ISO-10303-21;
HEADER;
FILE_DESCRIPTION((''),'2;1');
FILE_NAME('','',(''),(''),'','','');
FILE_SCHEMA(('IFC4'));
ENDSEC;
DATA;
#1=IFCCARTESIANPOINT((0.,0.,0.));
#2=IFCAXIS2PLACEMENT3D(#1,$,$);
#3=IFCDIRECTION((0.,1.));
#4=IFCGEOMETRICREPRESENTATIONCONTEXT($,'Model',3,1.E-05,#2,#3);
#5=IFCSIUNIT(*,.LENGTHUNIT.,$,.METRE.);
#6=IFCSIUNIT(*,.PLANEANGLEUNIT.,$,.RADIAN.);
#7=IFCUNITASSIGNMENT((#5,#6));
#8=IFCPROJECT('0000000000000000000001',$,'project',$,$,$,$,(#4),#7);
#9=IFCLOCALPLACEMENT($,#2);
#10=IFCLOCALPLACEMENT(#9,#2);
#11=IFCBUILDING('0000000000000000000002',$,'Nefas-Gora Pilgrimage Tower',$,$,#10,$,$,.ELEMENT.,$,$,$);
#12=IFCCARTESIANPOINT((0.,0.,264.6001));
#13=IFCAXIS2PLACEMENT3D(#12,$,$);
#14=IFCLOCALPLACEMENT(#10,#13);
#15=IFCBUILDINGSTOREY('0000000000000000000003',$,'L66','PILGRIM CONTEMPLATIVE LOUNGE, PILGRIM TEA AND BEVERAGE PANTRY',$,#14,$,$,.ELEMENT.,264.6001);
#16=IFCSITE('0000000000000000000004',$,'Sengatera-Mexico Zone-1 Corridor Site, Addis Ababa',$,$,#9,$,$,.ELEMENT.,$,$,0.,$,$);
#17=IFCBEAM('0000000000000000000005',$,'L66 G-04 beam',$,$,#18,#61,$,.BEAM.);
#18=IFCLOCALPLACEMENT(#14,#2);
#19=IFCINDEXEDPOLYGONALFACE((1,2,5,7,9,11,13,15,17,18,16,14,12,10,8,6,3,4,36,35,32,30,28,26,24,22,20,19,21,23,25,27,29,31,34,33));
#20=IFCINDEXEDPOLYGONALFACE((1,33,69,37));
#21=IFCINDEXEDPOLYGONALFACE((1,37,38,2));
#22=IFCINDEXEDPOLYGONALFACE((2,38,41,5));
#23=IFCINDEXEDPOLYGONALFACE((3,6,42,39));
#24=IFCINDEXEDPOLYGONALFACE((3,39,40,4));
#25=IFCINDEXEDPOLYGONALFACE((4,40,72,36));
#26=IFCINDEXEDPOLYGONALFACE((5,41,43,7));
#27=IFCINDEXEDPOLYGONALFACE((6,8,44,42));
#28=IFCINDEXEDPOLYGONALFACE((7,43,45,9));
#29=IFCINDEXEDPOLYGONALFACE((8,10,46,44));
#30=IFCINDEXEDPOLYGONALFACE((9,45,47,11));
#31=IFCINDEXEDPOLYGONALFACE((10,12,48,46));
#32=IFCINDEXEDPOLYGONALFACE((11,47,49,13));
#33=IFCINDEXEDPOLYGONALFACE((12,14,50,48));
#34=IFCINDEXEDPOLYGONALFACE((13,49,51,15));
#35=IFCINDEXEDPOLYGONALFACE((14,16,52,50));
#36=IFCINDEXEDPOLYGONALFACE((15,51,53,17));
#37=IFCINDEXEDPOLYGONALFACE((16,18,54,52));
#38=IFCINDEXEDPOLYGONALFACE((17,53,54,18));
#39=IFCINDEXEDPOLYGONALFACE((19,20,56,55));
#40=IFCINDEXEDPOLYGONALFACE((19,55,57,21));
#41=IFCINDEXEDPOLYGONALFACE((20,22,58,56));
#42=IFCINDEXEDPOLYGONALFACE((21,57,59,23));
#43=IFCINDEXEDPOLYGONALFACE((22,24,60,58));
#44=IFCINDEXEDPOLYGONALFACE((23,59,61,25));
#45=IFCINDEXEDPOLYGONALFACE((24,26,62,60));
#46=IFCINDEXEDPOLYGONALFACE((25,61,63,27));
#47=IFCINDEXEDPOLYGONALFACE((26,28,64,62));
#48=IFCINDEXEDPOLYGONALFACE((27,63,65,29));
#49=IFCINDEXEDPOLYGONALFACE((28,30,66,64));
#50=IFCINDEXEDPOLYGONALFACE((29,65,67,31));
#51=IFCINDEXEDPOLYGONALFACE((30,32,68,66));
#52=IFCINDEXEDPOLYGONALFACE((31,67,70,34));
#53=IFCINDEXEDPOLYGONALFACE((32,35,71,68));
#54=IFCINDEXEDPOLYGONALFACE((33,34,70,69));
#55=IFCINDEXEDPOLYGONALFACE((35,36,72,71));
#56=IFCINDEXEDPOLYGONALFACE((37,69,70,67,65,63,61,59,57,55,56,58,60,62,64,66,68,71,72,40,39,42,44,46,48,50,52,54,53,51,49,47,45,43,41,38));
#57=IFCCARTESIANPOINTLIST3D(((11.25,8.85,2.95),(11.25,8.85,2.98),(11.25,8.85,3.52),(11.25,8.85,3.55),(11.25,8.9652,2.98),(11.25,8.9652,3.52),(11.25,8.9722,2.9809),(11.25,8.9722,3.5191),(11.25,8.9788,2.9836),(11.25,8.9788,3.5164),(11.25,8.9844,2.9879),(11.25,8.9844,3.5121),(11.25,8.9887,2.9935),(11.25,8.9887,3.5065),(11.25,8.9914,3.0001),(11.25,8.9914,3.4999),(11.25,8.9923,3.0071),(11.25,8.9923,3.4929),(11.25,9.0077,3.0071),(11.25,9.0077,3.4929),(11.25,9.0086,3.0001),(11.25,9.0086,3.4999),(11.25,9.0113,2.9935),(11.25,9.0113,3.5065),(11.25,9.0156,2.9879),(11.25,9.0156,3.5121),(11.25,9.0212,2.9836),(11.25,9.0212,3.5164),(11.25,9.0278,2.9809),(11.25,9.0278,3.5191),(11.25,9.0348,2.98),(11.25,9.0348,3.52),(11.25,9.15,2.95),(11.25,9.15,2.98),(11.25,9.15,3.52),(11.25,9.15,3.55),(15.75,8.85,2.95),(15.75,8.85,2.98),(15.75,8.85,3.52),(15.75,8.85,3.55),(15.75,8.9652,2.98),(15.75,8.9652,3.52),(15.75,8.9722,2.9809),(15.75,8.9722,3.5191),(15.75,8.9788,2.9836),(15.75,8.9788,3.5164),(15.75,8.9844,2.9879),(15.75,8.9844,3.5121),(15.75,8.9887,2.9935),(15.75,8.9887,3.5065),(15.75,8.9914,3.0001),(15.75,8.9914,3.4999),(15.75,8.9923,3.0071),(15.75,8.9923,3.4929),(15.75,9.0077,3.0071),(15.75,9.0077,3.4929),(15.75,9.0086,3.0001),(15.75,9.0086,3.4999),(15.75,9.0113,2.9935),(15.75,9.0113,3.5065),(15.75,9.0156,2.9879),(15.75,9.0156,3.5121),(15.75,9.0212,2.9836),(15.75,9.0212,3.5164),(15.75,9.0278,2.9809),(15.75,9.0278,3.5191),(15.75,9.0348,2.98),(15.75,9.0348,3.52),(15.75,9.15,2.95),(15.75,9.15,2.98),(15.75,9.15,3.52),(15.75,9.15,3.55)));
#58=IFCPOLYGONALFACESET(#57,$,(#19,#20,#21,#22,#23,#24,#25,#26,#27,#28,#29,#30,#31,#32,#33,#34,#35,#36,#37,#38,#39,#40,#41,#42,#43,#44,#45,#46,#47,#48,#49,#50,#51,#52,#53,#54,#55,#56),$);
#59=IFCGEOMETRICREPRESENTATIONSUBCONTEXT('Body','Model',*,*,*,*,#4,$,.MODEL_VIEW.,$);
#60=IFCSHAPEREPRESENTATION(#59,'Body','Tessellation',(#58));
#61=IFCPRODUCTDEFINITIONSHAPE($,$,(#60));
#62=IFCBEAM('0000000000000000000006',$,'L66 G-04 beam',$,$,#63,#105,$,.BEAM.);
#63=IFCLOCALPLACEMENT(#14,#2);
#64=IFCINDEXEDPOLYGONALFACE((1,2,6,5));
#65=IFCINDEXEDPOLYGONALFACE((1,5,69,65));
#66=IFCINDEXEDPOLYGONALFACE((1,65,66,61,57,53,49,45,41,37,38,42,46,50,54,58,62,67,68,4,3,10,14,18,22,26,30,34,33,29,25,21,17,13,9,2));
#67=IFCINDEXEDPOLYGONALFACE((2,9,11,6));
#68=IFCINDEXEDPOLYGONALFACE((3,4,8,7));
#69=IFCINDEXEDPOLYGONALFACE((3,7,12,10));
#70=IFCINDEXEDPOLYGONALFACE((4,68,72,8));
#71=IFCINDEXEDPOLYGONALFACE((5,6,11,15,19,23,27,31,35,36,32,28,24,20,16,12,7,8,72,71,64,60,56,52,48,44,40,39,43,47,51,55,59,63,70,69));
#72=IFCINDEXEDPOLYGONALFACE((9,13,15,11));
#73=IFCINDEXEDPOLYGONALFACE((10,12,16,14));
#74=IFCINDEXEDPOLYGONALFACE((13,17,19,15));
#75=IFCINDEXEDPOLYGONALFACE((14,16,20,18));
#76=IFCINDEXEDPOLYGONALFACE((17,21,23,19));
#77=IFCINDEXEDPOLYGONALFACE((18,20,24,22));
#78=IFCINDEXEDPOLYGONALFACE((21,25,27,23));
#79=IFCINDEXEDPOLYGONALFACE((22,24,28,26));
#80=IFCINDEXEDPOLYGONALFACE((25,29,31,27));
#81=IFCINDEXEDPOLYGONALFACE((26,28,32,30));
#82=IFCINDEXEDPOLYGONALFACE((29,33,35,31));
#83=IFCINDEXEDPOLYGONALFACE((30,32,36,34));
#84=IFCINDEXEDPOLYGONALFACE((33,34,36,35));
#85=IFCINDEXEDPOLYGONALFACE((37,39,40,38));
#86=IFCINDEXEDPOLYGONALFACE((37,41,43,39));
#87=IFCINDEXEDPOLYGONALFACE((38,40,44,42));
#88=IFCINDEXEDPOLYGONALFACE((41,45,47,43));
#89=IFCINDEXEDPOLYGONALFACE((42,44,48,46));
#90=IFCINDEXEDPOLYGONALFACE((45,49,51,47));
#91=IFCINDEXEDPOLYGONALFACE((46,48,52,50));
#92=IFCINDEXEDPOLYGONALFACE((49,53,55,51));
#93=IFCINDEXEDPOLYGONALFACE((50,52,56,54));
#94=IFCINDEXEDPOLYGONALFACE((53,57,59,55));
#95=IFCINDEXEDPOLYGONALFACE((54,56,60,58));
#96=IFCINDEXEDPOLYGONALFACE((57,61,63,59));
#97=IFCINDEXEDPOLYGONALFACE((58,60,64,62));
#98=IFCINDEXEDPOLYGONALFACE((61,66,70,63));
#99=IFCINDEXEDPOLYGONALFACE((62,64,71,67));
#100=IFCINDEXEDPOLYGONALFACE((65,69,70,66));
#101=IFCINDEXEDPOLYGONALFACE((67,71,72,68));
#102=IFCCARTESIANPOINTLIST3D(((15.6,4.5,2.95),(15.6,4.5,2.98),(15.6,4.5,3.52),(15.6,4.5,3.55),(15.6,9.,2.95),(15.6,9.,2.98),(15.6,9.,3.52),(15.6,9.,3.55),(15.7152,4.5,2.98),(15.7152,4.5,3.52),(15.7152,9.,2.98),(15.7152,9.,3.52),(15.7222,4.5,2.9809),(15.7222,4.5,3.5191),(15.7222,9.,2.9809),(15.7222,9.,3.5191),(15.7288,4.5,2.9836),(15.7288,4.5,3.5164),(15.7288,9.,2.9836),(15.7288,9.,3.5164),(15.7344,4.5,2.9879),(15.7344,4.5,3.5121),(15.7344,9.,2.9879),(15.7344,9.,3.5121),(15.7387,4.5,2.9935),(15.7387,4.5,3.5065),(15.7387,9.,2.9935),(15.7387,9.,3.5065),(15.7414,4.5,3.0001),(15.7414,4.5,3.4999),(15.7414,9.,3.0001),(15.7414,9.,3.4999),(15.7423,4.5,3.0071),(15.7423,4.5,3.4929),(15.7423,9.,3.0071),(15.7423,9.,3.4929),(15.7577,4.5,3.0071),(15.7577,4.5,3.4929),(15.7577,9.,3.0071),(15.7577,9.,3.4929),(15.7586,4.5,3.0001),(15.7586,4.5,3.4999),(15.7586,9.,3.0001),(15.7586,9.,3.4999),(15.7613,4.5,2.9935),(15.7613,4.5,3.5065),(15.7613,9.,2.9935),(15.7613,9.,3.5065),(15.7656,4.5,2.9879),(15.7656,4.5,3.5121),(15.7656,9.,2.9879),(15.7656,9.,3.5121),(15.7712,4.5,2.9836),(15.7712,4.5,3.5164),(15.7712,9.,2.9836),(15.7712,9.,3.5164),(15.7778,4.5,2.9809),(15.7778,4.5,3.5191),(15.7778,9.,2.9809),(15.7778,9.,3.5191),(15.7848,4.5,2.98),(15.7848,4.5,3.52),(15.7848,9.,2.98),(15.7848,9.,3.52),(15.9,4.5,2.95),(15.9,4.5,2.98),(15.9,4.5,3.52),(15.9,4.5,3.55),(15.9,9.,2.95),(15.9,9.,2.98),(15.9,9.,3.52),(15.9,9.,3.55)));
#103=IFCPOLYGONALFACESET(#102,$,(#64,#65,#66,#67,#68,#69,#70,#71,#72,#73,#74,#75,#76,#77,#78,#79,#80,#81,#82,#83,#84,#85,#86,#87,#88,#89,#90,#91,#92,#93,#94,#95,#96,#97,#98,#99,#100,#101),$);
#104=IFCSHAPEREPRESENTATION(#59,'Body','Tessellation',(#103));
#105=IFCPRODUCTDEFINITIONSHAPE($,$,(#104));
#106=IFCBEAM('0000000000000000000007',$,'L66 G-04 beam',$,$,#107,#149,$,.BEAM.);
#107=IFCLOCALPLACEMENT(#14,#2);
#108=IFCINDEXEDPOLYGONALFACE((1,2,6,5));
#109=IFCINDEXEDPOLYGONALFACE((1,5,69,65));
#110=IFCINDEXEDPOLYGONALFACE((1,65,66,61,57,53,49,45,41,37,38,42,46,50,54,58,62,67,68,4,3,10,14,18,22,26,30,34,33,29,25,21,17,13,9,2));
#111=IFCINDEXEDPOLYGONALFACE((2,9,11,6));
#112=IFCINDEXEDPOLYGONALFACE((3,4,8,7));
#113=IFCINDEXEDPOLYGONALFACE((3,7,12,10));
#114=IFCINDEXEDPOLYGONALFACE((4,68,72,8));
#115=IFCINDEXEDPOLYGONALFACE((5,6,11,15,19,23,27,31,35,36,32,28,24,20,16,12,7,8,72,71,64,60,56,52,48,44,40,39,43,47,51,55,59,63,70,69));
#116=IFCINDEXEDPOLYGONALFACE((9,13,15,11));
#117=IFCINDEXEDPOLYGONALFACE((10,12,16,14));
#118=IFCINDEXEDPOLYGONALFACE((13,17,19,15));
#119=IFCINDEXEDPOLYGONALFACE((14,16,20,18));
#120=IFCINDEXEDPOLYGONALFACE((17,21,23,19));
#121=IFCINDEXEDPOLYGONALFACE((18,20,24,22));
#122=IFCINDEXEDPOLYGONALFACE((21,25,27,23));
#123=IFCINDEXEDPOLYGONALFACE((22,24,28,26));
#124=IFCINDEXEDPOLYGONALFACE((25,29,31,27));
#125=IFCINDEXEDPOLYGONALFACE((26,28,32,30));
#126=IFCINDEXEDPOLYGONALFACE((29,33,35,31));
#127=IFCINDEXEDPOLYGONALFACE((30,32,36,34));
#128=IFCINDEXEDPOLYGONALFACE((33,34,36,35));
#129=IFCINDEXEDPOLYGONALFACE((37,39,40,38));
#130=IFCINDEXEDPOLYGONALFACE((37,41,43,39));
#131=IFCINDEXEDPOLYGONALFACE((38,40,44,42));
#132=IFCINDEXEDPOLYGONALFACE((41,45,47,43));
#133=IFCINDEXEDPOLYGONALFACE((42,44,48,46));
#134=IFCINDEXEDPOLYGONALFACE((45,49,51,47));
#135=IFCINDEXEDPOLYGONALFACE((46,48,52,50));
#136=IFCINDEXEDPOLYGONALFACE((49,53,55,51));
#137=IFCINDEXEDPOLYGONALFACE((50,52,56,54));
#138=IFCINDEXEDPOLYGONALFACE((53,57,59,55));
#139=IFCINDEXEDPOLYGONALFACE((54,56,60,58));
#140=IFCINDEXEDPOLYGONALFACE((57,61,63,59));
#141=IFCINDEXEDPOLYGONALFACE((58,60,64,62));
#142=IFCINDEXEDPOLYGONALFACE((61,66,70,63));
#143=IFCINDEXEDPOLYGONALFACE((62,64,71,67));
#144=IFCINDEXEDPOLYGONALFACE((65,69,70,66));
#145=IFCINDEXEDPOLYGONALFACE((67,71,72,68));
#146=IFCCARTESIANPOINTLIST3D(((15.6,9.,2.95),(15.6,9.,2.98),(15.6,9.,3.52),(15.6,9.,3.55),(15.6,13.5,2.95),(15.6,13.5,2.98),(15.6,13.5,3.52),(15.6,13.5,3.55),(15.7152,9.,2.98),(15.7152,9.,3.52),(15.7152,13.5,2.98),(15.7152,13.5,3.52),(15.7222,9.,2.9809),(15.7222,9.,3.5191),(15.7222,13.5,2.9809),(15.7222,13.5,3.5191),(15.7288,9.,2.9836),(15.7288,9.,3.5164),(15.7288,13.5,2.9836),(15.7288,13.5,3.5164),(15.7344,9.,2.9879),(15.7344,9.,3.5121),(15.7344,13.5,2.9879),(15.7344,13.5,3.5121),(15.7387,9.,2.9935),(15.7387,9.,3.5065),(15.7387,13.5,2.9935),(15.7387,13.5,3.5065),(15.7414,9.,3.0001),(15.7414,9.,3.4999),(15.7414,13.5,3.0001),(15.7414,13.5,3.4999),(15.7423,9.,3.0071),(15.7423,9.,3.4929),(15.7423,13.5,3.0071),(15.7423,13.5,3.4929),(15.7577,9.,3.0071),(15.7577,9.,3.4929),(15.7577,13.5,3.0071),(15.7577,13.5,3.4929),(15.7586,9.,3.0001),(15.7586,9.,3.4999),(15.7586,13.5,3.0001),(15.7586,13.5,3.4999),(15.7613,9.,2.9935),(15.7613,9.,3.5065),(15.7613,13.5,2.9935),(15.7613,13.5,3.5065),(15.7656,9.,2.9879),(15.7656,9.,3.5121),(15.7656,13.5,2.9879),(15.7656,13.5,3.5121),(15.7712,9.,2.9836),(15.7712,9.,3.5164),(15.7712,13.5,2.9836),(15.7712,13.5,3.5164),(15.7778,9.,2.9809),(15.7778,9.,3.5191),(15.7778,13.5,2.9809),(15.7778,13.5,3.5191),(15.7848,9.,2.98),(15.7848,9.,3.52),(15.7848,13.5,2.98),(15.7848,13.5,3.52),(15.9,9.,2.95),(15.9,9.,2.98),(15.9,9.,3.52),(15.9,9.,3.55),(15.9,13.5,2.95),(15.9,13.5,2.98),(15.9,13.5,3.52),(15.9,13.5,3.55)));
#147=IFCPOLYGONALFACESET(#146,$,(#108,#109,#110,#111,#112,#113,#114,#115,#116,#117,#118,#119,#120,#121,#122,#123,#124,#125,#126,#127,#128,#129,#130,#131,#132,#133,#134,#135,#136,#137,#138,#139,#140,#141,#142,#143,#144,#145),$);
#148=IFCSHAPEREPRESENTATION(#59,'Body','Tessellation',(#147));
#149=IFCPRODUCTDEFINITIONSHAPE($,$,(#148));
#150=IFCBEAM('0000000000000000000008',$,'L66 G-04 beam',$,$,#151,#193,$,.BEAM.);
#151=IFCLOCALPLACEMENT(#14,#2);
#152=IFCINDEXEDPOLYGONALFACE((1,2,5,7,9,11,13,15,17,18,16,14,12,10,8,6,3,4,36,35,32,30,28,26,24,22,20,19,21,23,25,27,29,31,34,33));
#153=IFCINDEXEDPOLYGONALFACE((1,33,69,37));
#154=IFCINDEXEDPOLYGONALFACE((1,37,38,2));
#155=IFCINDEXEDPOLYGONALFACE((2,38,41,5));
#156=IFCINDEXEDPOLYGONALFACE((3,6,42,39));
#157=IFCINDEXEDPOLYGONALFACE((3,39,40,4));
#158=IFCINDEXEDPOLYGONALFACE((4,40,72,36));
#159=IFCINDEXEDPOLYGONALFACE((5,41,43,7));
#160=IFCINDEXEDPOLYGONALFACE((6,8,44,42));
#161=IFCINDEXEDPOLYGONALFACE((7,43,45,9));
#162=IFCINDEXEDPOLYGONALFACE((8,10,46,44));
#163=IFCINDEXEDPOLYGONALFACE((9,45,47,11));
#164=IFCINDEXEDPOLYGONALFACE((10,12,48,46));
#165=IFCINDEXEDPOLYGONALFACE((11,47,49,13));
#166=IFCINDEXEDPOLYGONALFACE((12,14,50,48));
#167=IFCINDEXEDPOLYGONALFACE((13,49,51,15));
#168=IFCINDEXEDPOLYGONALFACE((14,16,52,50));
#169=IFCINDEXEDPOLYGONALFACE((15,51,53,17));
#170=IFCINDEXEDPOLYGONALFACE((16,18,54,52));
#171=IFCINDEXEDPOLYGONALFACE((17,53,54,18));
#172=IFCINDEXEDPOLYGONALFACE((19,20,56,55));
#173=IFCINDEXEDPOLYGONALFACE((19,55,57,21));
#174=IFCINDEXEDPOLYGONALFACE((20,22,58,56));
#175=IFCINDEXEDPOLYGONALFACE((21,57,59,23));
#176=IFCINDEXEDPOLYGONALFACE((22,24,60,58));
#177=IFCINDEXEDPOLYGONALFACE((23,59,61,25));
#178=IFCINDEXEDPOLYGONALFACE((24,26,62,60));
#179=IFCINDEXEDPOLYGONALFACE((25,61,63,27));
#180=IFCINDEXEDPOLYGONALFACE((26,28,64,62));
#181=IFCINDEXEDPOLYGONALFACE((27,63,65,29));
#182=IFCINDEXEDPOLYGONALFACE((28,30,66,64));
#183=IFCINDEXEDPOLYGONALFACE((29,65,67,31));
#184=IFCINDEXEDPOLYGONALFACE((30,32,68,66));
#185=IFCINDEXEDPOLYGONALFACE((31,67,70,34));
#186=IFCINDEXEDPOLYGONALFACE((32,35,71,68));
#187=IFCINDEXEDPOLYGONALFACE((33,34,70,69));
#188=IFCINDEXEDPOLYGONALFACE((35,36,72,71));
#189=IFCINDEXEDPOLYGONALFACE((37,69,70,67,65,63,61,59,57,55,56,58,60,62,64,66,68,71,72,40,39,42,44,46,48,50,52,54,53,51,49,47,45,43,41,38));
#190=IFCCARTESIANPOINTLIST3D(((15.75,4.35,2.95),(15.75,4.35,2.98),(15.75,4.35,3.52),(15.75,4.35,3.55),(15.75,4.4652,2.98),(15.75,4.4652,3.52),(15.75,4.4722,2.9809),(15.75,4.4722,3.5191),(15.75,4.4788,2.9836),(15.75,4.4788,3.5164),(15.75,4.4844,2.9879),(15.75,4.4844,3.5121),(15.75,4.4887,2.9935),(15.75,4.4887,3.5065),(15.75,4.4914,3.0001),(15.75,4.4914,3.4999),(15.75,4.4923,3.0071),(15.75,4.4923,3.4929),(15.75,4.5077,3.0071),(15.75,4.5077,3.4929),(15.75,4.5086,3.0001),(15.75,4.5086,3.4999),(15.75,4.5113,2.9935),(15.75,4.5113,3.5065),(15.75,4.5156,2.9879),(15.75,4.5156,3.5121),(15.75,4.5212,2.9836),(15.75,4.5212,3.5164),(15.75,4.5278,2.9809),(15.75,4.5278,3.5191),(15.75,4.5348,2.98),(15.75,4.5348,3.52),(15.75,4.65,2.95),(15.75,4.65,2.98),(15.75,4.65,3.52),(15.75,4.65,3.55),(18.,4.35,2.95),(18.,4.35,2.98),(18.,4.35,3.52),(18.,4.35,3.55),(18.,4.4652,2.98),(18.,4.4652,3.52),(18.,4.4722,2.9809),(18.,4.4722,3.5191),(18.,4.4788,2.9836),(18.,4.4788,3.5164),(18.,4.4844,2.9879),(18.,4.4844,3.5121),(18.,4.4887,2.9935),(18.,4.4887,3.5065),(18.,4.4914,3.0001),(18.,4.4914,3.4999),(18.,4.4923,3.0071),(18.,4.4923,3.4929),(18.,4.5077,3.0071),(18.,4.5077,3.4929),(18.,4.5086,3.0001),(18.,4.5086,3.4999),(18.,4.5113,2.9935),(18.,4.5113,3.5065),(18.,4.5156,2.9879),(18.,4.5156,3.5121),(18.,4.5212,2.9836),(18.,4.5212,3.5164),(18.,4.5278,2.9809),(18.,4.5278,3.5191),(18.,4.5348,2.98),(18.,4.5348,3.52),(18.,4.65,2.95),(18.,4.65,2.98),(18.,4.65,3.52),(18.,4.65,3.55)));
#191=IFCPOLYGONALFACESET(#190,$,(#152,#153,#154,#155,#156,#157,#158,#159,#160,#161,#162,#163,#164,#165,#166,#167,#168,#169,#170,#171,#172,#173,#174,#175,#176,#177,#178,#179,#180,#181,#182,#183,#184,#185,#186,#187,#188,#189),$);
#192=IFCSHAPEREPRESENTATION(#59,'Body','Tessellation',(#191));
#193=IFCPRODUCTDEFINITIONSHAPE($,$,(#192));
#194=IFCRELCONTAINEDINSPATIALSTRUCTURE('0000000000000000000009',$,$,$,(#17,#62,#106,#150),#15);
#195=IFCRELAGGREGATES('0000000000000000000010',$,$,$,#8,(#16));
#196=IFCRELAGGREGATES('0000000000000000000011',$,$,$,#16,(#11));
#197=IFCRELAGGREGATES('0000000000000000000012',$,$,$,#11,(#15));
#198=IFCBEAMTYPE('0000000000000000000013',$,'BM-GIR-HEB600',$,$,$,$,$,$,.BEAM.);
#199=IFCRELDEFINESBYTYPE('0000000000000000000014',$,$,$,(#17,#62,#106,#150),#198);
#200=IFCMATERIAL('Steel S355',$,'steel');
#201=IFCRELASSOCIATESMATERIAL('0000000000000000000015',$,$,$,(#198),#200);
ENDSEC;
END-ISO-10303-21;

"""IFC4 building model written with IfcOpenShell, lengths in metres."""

from ifc_helpers import new_model, si_unit, direction, frame, origin, origin_2d, place, context, subcontext, project, spatial, i_section, extrude, source, transform, mapped, material, material_profile, profile_set, type_object, element, save


model = new_model("IFC4")

# Units and contexts
model_context = context("Model", 3, precision=1e-05, world=origin(), true_north=direction((0.0, 1.0)))
body_context = subcontext(model_context, "Body", "Model", "MODEL_VIEW")
ifc_project = project(units=[si_unit("LENGTHUNIT", "METRE"), si_unit("PLANEANGLEUNIT", "RADIAN")], contexts=[model_context])

# Site, building, storey
site_placement = place(None, origin())
site = spatial("IfcSite", under=ifc_project, at=site_placement, Name="Sengatera-Mexico Zone-1 Corridor Site, Addis Ababa", CompositionType="ELEMENT", RefElevation=0.0)
building_placement = place(site_placement, origin())
building = spatial("IfcBuilding", under=site, at=building_placement, Name="Nefas-Gora Pilgrimage Tower", CompositionType="ELEMENT")
storey_placement = place(building_placement, frame((0.0, 0.0, 264.6001)))
storey = spatial("IfcBuildingStorey", under=building, at=storey_placement, Name="L66", Description="PILGRIM CONTEMPLATIVE LOUNGE, PILGRIM TEA AND BEVERAGE PANTRY", CompositionType="ELEMENT", Elevation=264.6001)

# Shared definitions
ifc_material_1 = material(Name="Steel S355", Category="steel")

# Beams
ifc_material_profile_1 = material_profile(ifc_material_1, i_section(OverallWidth=0.3, OverallDepth=0.6001, WebThickness=0.0154, FlangeThickness=0.03, FilletRadius=0.0271, at=origin_2d()), Name="HEB 600")
ifc_profile_set_1 = profile_set([ifc_material_profile_1], Name="Steel S355")
beam_type_1 = type_object("IfcBeamType", Name="BM-GIR-HEB600", PredefinedType="BEAM", material=ifc_profile_set_1)
shared_shape_1 = source(origin(), body_context, "Body", "SweptSolid", [
    extrude(i_section(OverallWidth=0.3, OverallDepth=0.6001, WebThickness=0.0154, FlangeThickness=0.03, FilletRadius=0.0271, at=origin_2d()), origin(), (0.0, 0.0, 1.0), 4.5),
])
for number, where, z_axis, x_axis, name in (
    (1, (11.25, 9.0, 3.25), (1.0, 0.0, 0.0), (0.0, 1.0, 0.0), "L66 G-04 beam"),
    (2, (15.75, 4.5, 3.25), (0.0, 1.0, 0.0), (-1.0, 0.0, 0.0), "L66 G-04 beam"),
    (3, (15.75, 9.0, 3.25), (0.0, 1.0, 0.0), (-1.0, 0.0, 0.0), "L66 G-04 beam"),
):
    element("IfcBeam", number, at=place(storey_placement, frame(where, z_axis=z_axis, x_axis=x_axis)), inside=storey, type_object=beam_type_1, Name=name, PredefinedType="BEAM", context=body_context, shape_type="MappedRepresentation", body=[
        mapped(shared_shape_1, transform((0.0, 0.0, 0.0), x_axis=(1.0, 0.0, 0.0), y_axis=(0.0, 1.0, 0.0), z_axis=(0.0, 0.0, 1.0), scale=1.0)),
    ])
shared_shape_2 = source(origin(), body_context, "Body", "SweptSolid", [
    extrude(i_section(OverallWidth=0.3, OverallDepth=0.6001, WebThickness=0.0154, FlangeThickness=0.03, FilletRadius=0.0271, at=origin_2d()), origin(), (0.0, 0.0, 1.0), 2.25),
])
for number, where, z_axis, x_axis, name in (
    (4, (15.75, 4.5, 3.25), (1.0, 0.0, 0.0), (0.0, 1.0, 0.0), "L66 G-04 beam"),
):
    element("IfcBeam", number, at=place(storey_placement, frame(where, z_axis=z_axis, x_axis=x_axis)), inside=storey, type_object=beam_type_1, Name=name, PredefinedType="BEAM", context=body_context, shape_type="MappedRepresentation", body=[
        mapped(shared_shape_2, transform((0.0, 0.0, 0.0), x_axis=(1.0, 0.0, 0.0), y_axis=(0.0, 1.0, 0.0), z_axis=(0.0, 0.0, 1.0), scale=1.0)),
    ])

save(model, "model.ifc")
